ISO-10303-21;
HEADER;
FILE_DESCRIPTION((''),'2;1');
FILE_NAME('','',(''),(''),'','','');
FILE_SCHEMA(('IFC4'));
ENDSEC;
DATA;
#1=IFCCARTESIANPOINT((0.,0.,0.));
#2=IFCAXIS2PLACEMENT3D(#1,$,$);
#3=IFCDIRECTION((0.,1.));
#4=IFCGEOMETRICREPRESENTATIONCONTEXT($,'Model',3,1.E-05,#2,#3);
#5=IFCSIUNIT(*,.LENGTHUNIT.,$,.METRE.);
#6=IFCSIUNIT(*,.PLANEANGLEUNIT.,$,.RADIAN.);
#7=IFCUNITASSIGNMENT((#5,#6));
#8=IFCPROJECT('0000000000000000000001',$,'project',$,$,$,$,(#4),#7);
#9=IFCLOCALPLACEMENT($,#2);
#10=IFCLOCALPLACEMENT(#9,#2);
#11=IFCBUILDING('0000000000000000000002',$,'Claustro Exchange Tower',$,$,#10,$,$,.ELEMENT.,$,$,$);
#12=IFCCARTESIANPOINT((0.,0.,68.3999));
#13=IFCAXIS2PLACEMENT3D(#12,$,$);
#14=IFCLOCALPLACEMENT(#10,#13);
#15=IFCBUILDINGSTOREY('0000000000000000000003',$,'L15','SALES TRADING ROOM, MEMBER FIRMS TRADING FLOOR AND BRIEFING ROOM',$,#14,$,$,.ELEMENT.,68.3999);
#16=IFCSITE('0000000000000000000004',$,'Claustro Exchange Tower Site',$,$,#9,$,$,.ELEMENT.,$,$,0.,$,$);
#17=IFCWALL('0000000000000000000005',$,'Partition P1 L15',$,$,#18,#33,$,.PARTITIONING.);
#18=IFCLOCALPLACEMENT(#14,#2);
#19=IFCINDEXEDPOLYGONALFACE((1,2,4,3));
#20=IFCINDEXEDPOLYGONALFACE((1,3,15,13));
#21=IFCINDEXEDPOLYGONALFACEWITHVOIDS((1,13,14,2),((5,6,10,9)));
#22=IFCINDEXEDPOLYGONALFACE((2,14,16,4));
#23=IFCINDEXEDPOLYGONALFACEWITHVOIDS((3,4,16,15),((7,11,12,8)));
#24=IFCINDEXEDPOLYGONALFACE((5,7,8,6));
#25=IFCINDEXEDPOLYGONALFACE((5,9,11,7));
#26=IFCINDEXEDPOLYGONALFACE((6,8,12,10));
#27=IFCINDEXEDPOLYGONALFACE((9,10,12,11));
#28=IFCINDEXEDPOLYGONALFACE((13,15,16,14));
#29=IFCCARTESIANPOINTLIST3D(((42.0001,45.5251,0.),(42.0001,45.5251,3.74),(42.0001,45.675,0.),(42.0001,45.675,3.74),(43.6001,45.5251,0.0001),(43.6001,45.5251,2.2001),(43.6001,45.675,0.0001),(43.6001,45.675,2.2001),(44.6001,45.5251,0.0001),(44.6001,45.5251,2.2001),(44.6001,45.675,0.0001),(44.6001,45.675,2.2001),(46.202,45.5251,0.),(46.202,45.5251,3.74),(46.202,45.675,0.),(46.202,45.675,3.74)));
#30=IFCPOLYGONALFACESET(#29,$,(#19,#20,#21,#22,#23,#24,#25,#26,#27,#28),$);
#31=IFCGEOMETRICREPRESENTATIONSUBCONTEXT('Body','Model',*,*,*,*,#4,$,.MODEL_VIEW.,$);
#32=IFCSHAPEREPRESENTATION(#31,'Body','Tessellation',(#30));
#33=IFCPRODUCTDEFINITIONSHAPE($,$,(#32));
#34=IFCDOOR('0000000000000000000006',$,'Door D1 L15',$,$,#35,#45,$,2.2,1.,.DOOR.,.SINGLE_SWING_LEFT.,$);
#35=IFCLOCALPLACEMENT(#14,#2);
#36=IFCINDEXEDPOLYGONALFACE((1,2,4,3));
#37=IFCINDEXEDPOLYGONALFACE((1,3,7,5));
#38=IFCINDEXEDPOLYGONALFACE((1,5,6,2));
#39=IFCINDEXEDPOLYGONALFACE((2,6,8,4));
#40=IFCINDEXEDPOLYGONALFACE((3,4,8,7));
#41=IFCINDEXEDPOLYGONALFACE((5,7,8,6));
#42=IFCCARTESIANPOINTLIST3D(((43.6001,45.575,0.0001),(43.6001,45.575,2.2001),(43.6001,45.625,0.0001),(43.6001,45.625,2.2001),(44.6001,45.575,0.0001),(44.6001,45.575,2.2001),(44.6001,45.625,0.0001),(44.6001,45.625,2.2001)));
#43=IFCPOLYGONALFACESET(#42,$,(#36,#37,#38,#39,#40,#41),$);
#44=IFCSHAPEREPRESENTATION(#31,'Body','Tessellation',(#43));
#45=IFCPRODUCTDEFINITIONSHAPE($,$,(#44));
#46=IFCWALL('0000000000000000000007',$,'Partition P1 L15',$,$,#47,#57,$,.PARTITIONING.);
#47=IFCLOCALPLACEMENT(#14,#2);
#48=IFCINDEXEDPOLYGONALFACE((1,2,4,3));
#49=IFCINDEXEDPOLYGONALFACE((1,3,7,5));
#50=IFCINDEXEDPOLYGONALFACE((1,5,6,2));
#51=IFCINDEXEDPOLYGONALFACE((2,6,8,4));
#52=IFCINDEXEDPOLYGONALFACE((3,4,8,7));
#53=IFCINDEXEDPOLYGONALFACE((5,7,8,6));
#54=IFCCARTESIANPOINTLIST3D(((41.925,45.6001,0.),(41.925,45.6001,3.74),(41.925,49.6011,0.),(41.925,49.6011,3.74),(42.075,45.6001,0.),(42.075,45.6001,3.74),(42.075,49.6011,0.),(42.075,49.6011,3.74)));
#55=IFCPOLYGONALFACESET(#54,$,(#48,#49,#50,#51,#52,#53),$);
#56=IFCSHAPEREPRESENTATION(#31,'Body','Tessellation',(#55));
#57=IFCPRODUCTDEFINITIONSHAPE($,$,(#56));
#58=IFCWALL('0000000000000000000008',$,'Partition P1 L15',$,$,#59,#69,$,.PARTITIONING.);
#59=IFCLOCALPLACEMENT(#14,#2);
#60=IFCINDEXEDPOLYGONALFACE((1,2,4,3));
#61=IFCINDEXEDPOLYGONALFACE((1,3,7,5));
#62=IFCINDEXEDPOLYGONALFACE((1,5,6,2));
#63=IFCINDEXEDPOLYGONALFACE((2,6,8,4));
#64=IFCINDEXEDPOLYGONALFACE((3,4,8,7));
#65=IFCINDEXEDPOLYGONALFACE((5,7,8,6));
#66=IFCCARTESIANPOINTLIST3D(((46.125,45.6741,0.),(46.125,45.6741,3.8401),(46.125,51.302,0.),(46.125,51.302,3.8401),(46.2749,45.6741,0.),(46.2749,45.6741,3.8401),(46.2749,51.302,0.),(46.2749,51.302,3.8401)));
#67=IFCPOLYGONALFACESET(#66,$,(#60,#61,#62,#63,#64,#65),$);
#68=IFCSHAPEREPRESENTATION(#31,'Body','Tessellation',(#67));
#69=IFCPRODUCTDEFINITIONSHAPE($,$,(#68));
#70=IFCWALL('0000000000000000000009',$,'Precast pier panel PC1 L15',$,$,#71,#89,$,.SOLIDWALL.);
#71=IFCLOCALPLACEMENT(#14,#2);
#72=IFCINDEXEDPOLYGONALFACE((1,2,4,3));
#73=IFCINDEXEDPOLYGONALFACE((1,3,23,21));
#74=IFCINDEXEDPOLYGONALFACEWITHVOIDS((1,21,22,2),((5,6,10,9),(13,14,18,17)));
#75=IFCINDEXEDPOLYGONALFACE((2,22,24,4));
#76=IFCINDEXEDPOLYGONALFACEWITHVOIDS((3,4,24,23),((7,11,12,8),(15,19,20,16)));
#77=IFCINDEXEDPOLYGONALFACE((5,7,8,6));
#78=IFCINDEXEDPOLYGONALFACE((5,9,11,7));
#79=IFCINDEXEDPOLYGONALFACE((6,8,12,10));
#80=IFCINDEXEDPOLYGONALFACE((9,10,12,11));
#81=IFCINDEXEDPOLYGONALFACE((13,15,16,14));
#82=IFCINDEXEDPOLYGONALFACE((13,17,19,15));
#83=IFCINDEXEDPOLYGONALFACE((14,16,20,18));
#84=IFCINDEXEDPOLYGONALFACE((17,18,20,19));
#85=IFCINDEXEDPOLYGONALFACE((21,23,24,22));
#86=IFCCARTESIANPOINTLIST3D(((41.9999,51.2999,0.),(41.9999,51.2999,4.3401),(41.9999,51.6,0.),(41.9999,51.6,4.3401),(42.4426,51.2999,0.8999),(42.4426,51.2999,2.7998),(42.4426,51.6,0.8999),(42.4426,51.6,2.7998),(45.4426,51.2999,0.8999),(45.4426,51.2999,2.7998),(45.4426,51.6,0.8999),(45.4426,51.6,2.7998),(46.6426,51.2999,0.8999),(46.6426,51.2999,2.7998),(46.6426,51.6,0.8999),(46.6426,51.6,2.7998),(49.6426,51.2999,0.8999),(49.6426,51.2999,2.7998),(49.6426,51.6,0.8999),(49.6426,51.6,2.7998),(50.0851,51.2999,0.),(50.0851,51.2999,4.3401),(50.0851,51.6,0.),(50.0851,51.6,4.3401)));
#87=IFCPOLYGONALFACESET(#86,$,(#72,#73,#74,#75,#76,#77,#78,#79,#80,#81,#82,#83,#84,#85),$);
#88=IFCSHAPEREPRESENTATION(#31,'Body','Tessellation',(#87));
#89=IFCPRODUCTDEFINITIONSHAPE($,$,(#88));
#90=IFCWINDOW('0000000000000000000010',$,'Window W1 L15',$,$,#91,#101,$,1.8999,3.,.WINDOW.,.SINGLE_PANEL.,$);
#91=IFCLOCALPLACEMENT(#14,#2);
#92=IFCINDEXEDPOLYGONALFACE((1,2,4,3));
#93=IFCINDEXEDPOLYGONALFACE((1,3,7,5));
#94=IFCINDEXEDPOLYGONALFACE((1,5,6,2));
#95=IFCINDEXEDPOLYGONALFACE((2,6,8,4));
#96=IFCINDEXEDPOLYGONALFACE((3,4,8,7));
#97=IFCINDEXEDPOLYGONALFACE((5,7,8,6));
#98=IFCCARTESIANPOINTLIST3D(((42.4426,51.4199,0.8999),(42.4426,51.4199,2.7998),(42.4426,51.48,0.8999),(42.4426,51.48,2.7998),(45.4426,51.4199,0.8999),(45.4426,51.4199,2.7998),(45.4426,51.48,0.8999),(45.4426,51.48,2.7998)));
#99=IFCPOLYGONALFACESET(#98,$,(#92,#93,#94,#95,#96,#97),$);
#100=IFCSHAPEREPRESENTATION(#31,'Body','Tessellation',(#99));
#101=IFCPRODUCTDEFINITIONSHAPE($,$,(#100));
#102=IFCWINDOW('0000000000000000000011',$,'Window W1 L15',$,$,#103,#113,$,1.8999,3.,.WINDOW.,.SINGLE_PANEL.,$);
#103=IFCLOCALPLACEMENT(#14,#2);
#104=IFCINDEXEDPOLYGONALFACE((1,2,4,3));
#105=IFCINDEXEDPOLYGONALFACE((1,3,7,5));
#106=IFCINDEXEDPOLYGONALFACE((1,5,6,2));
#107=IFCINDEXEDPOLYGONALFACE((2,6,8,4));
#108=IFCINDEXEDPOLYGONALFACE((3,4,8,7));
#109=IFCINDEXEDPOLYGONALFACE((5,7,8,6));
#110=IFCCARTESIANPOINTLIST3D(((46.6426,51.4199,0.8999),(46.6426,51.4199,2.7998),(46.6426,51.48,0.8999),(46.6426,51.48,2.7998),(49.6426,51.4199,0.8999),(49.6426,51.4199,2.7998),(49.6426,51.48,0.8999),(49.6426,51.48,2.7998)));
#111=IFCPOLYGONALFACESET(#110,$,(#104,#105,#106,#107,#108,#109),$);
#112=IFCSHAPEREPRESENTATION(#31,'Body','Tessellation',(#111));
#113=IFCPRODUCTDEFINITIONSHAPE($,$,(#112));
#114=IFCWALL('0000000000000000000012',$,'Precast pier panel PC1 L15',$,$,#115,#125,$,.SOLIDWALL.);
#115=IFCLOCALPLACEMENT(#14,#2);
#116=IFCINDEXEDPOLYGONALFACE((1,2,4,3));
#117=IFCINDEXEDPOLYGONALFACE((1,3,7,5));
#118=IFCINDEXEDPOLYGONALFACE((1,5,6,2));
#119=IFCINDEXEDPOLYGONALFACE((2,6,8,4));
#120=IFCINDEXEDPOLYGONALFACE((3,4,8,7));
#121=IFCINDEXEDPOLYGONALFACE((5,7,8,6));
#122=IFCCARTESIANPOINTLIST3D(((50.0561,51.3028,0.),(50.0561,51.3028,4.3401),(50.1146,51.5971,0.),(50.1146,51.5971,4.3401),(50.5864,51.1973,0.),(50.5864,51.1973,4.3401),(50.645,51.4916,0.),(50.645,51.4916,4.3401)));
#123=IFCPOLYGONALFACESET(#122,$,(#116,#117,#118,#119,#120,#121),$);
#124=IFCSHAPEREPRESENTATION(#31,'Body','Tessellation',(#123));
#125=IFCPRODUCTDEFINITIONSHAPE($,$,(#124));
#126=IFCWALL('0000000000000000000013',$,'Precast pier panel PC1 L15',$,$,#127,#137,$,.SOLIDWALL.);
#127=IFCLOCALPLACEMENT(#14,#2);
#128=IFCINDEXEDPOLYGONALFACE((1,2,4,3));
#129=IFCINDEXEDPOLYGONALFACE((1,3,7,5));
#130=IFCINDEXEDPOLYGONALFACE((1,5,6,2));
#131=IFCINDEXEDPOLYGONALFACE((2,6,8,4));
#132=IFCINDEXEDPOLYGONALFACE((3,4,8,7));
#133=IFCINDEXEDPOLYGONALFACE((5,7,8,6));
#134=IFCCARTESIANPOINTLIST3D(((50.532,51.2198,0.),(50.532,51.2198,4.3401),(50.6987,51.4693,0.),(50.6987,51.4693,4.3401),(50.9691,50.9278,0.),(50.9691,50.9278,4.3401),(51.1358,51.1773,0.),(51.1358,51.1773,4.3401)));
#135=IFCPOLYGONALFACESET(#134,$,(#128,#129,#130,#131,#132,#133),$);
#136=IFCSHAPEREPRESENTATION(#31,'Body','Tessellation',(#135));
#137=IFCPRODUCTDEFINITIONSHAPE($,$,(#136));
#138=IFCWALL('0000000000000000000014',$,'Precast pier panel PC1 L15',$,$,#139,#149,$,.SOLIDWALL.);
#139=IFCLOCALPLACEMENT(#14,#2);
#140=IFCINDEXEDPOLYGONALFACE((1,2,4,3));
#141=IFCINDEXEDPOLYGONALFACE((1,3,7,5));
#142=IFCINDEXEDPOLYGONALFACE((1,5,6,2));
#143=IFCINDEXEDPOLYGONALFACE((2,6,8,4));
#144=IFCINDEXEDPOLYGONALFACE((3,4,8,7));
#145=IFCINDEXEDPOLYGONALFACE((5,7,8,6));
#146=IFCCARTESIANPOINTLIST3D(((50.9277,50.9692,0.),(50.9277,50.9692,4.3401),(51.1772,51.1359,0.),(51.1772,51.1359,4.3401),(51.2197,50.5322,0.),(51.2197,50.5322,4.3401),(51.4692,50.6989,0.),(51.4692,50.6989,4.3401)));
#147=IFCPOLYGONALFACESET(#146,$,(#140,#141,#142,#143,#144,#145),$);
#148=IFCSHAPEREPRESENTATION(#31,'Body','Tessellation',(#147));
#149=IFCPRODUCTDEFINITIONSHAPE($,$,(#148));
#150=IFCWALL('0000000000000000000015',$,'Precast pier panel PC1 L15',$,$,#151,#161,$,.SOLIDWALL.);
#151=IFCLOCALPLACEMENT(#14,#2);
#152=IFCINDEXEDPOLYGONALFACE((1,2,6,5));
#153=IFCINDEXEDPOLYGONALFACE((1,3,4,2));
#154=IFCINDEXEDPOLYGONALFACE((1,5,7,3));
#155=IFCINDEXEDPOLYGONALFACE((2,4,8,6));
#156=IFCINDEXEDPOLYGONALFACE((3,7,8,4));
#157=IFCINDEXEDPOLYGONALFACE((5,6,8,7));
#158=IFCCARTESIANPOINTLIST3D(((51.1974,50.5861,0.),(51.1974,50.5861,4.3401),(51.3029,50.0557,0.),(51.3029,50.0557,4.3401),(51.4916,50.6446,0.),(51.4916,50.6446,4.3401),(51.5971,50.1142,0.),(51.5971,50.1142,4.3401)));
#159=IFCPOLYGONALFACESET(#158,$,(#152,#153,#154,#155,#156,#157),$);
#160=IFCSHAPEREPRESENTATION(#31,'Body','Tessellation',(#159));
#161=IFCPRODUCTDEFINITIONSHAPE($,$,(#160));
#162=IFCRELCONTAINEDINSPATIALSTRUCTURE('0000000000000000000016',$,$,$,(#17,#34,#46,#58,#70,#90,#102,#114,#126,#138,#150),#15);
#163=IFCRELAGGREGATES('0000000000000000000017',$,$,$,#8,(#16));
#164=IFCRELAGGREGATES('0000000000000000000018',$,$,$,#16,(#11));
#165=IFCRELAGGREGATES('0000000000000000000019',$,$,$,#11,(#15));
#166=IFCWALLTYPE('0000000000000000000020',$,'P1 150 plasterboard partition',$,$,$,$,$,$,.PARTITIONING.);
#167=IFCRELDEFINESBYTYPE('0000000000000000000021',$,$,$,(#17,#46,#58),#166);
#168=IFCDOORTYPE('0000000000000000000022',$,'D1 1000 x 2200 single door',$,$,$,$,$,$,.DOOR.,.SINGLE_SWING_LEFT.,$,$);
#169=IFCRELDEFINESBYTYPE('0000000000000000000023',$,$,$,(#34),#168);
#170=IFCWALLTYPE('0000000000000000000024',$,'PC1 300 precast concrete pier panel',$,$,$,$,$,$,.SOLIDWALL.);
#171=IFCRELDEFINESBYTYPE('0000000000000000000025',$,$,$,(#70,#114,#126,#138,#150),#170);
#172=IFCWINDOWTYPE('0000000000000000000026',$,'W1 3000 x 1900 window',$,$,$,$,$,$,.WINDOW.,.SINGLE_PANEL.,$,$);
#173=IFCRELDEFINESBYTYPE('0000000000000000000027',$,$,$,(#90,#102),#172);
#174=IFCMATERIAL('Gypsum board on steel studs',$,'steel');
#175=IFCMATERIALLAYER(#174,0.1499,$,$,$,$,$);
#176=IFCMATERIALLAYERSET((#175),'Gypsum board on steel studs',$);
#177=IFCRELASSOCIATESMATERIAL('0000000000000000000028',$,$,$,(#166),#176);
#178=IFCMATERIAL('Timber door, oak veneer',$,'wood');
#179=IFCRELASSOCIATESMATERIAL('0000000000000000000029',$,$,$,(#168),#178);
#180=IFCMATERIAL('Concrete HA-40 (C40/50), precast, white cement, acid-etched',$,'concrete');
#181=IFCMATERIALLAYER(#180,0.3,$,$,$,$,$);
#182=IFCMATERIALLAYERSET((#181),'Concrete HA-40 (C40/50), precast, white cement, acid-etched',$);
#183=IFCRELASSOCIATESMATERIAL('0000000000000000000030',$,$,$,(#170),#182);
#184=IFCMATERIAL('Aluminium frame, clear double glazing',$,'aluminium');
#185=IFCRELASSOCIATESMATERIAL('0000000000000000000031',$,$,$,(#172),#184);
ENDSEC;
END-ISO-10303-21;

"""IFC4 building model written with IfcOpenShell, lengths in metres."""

from ifc_helpers import new_model, si_unit, direction, frame, frame_2d, origin, place, context, subcontext, project, spatial, rectangle, extrude, material, layer, layer_set, type_object, element, fill, save


model = new_model("IFC4")

# Units and contexts
model_context = context("Model", 3, precision=1e-05, world=origin(), true_north=direction((0.0, 1.0)))
body_context = subcontext(model_context, "Body", "Model", "MODEL_VIEW")
ifc_project = project(units=[si_unit("LENGTHUNIT", "METRE"), si_unit("PLANEANGLEUNIT", "RADIAN")], contexts=[model_context])

# Site, building, storey
site_placement = place(None, origin())
site = spatial("IfcSite", under=ifc_project, at=site_placement, Name="Claustro Exchange Tower Site", CompositionType="ELEMENT", RefElevation=0.0)
building_placement = place(site_placement, origin())
building = spatial("IfcBuilding", under=site, at=building_placement, Name="Claustro Exchange Tower", CompositionType="ELEMENT")
storey_placement = place(building_placement, frame((0.0, 0.0, 68.3999)))
storey = spatial("IfcBuildingStorey", under=building, at=storey_placement, Name="L15", Description="SALES TRADING ROOM, MEMBER FIRMS TRADING FLOOR AND BRIEFING ROOM", CompositionType="ELEMENT", Elevation=68.3999)

# Wall, opening, door
ifc_material_1 = material(Name="Gypsum board on steel studs", Category="steel")
ifc_layer_1 = layer(ifc_material_1, 0.1499)
ifc_layer_set_1 = layer_set([ifc_layer_1], Name="Gypsum board on steel studs")
wall_type_1 = type_object("IfcWallType", Name="P1 150 plasterboard partition", PredefinedType="PARTITIONING", material=ifc_layer_set_1)
ifc_material_2 = material(Name="Timber door, oak veneer", Category="wood")
door_type = type_object("IfcDoorType", Name="D1 1000 x 2200 single door", OperationType="SINGLE_SWING_LEFT", PredefinedType="DOOR", material=ifc_material_2)
wall_1_placement = place(storey_placement, frame((42.0, 45.6001, 0.0), z_axis=(0.0, 0.0, 1.0), x_axis=(1.0, 0.0, 0.0)))
wall_1 = element("IfcWall", 1, at=wall_1_placement, inside=storey, type_object=wall_type_1, Name="Partition P1 L15", PredefinedType="PARTITIONING", context=body_context, shape_type="SweptSolid", body=[
    extrude(rectangle(XDim=4.2019, YDim=0.1499, at=frame_2d((2.1011, 0.0))), origin(), (0.0, 0.0, 1.0), 3.74),
])
opening_1_placement = place(wall_1_placement, frame((1.6001, 0.0, 0.0)))
opening_1 = element("IfcOpeningElement", 2, at=opening_1_placement, cuts=wall_1, PredefinedType="OPENING", context=body_context, shape_type="SweptSolid", body=[
    extrude(rectangle(XDim=1.0, YDim=2.2, at=frame_2d((0.5, 1.1001))), frame((0.0, 0.085, 0.0), z_axis=(0.0, -1.0, 0.0), x_axis=(1.0, 0.0, 0.0)), (0.0, 0.0, 1.0), 0.1699),
])
door_1_placement = place(opening_1_placement, origin())
door_1 = element("IfcDoor", 3, at=door_1_placement, inside=storey, type_object=door_type, Name="Door D1 L15", OperationType="SINGLE_SWING_LEFT", OverallHeight=2.2, OverallWidth=1.0, PredefinedType="DOOR", context=body_context, shape_type="SweptSolid", body=[
    extrude(rectangle(XDim=1.0, YDim=2.2, at=frame_2d((0.5, 1.1001))), frame((0.0, 0.0249, 0.0), z_axis=(0.0, -1.0, 0.0), x_axis=(1.0, 0.0, 0.0)), (0.0, 0.0, 1.0), 0.05),
])
fill(opening_1, door_1)

# Walls
wall_2_placement = place(storey_placement, frame((42.0, 45.6001, 0.0), z_axis=(0.0, 0.0, 1.0), x_axis=(0.0, 1.0, 0.0)))
element("IfcWall", 4, at=wall_2_placement, inside=storey, type_object=wall_type_1, Name="Partition P1 L15", PredefinedType="PARTITIONING", context=body_context, shape_type="SweptSolid", body=[
    extrude(rectangle(XDim=4.001, YDim=0.1499, at=frame_2d((2.0005, 0.0))), origin(), (0.0, 0.0, 1.0), 3.74),
])
wall_3_placement = place(storey_placement, frame((46.2, 45.6741, 0.0), z_axis=(0.0, 0.0, 1.0), x_axis=(0.0, 1.0, 0.0)))
element("IfcWall", 5, at=wall_3_placement, inside=storey, type_object=wall_type_1, Name="Partition P1 L15", PredefinedType="PARTITIONING", context=body_context, shape_type="SweptSolid", body=[
    extrude(rectangle(XDim=5.6279, YDim=0.1499, at=frame_2d((2.814, 0.0))), origin(), (0.0, 0.0, 1.0), 3.8401),
])

# Wall, openings, windows
ifc_material_3 = material(Name="Concrete HA-40 (C40/50), precast, white cement, acid-etched", Category="concrete")
ifc_layer_2 = layer(ifc_material_3, 0.3)
ifc_layer_set_2 = layer_set([ifc_layer_2], Name="Concrete HA-40 (C40/50), precast, white cement, acid-etched")
wall_type_2 = type_object("IfcWallType", Name="PC1 300 precast concrete pier panel", PredefinedType="SOLIDWALL", material=ifc_layer_set_2)
wall_4_placement = place(storey_placement, frame((42.0, 51.45, 0.0), z_axis=(0.0, 0.0, 1.0), x_axis=(1.0, 0.0, 0.0)))
wall_4 = element("IfcWall", 6, at=wall_4_placement, inside=storey, type_object=wall_type_2, Name="Precast pier panel PC1 L15", PredefinedType="SOLIDWALL", context=body_context, shape_type="SweptSolid", body=[
    extrude(rectangle(XDim=8.0852, YDim=0.3, at=frame_2d((4.0425, 0.0))), origin(), (0.0, 0.0, 1.0), 4.3401),
])
opening_2_placement = place(wall_4_placement, frame((0.4426, 0.0, 0.8999)))
opening_2 = element("IfcOpeningElement", 7, at=opening_2_placement, cuts=wall_4, PredefinedType="OPENING", context=body_context, shape_type="SweptSolid", body=[
    extrude(rectangle(XDim=3.0, YDim=1.8999, at=frame_2d((1.5, 0.95))), frame((0.0, 0.1599, 0.0), z_axis=(0.0, -1.0, 0.0), x_axis=(1.0, 0.0, 0.0)), (0.0, 0.0, 1.0), 0.3201),
])
opening_3_placement = place(wall_4_placement, frame((4.6426, 0.0, 0.8999)))
opening_3 = element("IfcOpeningElement", 8, at=opening_3_placement, cuts=wall_4, PredefinedType="OPENING", context=body_context, shape_type="SweptSolid", body=[
    extrude(rectangle(XDim=3.0, YDim=1.8999, at=frame_2d((1.5, 0.95))), frame((0.0, 0.1599, 0.0), z_axis=(0.0, -1.0, 0.0), x_axis=(1.0, 0.0, 0.0)), (0.0, 0.0, 1.0), 0.3201),
])
ifc_material_4 = material(Name="Aluminium frame, clear double glazing", Category="aluminium")
window_type_1 = type_object("IfcWindowType", Name="W1 3000 x 1900 window", PartitioningType="SINGLE_PANEL", PredefinedType="WINDOW", material=ifc_material_4)
window_1_placement = place(opening_2_placement, origin())
window_1 = element("IfcWindow", 9, at=window_1_placement, inside=storey, type_object=window_type_1, Name="Window W1 L15", OverallHeight=1.8999, OverallWidth=3.0, PartitioningType="SINGLE_PANEL", PredefinedType="WINDOW", context=body_context, shape_type="SweptSolid", body=[
    extrude(rectangle(XDim=3.0, YDim=1.8999, at=frame_2d((1.5, 0.95))), frame((0.0, 0.03, 0.0), z_axis=(0.0, -1.0, 0.0), x_axis=(1.0, 0.0, 0.0)), (0.0, 0.0, 1.0), 0.0601),
])
fill(opening_2, window_1)
window_2_placement = place(opening_3_placement, origin())
window_2 = element("IfcWindow", 10, at=window_2_placement, inside=storey, type_object=window_type_1, Name="Window W1 L15", OverallHeight=1.8999, OverallWidth=3.0, PartitioningType="SINGLE_PANEL", PredefinedType="WINDOW", context=body_context, shape_type="SweptSolid", body=[
    extrude(rectangle(XDim=3.0, YDim=1.8999, at=frame_2d((1.5, 0.95))), frame((0.0, 0.03, 0.0), z_axis=(0.0, -1.0, 0.0), x_axis=(1.0, 0.0, 0.0)), (0.0, 0.0, 1.0), 0.0601),
])
fill(opening_3, window_2)

# Walls
wall_5_placement = place(storey_placement, frame((50.0852, 51.45, 0.0), z_axis=(0.0, 0.0, 1.0), x_axis=(0.980789, -0.195074, 0.0)))
element("IfcWall", 11, at=wall_5_placement, inside=storey, type_object=wall_type_2, Name="Precast pier panel PC1 L15", PredefinedType="SOLIDWALL", context=body_context, shape_type="SweptSolid", body=[
    extrude(rectangle(XDim=0.5408, YDim=0.3, at=frame_2d((0.2705, 0.0))), origin(), (0.0, 0.0, 1.0), 4.3401),
])
for number, where, z_axis, x_axis, name in (
    (12, (50.6155, 51.3445, 0.0), (0.0, 0.0, 1.0), (0.831478, -0.555557, 0.0), "Precast pier panel PC1 L15"),
    (13, (51.0525, 51.0525, 0.0), (0.0, 0.0, 1.0), (0.555557, -0.831478, 0.0), "Precast pier panel PC1 L15"),
):
    element("IfcWall", number, at=place(storey_placement, frame(where, z_axis=z_axis, x_axis=x_axis)), inside=storey, type_object=wall_type_2, Name=name, PredefinedType="SOLIDWALL", context=body_context, shape_type="SweptSolid", body=[
        extrude(rectangle(XDim=0.5256, YDim=0.3, at=frame_2d((0.2627, 0.0))), origin(), (0.0, 0.0, 1.0), 4.3401),
    ])
wall_6_placement = place(storey_placement, frame((51.3445, 50.6155, 0.0), z_axis=(0.0, 0.0, 1.0), x_axis=(0.195074, -0.980789, 0.0)))
element("IfcWall", 14, at=wall_6_placement, inside=storey, type_object=wall_type_2, Name="Precast pier panel PC1 L15", PredefinedType="SOLIDWALL", context=body_context, shape_type="SweptSolid", body=[
    extrude(rectangle(XDim=0.5408, YDim=0.3, at=frame_2d((0.2705, 0.0))), origin(), (0.0, 0.0, 1.0), 4.3401),
])

save(model, "model.ifc")
